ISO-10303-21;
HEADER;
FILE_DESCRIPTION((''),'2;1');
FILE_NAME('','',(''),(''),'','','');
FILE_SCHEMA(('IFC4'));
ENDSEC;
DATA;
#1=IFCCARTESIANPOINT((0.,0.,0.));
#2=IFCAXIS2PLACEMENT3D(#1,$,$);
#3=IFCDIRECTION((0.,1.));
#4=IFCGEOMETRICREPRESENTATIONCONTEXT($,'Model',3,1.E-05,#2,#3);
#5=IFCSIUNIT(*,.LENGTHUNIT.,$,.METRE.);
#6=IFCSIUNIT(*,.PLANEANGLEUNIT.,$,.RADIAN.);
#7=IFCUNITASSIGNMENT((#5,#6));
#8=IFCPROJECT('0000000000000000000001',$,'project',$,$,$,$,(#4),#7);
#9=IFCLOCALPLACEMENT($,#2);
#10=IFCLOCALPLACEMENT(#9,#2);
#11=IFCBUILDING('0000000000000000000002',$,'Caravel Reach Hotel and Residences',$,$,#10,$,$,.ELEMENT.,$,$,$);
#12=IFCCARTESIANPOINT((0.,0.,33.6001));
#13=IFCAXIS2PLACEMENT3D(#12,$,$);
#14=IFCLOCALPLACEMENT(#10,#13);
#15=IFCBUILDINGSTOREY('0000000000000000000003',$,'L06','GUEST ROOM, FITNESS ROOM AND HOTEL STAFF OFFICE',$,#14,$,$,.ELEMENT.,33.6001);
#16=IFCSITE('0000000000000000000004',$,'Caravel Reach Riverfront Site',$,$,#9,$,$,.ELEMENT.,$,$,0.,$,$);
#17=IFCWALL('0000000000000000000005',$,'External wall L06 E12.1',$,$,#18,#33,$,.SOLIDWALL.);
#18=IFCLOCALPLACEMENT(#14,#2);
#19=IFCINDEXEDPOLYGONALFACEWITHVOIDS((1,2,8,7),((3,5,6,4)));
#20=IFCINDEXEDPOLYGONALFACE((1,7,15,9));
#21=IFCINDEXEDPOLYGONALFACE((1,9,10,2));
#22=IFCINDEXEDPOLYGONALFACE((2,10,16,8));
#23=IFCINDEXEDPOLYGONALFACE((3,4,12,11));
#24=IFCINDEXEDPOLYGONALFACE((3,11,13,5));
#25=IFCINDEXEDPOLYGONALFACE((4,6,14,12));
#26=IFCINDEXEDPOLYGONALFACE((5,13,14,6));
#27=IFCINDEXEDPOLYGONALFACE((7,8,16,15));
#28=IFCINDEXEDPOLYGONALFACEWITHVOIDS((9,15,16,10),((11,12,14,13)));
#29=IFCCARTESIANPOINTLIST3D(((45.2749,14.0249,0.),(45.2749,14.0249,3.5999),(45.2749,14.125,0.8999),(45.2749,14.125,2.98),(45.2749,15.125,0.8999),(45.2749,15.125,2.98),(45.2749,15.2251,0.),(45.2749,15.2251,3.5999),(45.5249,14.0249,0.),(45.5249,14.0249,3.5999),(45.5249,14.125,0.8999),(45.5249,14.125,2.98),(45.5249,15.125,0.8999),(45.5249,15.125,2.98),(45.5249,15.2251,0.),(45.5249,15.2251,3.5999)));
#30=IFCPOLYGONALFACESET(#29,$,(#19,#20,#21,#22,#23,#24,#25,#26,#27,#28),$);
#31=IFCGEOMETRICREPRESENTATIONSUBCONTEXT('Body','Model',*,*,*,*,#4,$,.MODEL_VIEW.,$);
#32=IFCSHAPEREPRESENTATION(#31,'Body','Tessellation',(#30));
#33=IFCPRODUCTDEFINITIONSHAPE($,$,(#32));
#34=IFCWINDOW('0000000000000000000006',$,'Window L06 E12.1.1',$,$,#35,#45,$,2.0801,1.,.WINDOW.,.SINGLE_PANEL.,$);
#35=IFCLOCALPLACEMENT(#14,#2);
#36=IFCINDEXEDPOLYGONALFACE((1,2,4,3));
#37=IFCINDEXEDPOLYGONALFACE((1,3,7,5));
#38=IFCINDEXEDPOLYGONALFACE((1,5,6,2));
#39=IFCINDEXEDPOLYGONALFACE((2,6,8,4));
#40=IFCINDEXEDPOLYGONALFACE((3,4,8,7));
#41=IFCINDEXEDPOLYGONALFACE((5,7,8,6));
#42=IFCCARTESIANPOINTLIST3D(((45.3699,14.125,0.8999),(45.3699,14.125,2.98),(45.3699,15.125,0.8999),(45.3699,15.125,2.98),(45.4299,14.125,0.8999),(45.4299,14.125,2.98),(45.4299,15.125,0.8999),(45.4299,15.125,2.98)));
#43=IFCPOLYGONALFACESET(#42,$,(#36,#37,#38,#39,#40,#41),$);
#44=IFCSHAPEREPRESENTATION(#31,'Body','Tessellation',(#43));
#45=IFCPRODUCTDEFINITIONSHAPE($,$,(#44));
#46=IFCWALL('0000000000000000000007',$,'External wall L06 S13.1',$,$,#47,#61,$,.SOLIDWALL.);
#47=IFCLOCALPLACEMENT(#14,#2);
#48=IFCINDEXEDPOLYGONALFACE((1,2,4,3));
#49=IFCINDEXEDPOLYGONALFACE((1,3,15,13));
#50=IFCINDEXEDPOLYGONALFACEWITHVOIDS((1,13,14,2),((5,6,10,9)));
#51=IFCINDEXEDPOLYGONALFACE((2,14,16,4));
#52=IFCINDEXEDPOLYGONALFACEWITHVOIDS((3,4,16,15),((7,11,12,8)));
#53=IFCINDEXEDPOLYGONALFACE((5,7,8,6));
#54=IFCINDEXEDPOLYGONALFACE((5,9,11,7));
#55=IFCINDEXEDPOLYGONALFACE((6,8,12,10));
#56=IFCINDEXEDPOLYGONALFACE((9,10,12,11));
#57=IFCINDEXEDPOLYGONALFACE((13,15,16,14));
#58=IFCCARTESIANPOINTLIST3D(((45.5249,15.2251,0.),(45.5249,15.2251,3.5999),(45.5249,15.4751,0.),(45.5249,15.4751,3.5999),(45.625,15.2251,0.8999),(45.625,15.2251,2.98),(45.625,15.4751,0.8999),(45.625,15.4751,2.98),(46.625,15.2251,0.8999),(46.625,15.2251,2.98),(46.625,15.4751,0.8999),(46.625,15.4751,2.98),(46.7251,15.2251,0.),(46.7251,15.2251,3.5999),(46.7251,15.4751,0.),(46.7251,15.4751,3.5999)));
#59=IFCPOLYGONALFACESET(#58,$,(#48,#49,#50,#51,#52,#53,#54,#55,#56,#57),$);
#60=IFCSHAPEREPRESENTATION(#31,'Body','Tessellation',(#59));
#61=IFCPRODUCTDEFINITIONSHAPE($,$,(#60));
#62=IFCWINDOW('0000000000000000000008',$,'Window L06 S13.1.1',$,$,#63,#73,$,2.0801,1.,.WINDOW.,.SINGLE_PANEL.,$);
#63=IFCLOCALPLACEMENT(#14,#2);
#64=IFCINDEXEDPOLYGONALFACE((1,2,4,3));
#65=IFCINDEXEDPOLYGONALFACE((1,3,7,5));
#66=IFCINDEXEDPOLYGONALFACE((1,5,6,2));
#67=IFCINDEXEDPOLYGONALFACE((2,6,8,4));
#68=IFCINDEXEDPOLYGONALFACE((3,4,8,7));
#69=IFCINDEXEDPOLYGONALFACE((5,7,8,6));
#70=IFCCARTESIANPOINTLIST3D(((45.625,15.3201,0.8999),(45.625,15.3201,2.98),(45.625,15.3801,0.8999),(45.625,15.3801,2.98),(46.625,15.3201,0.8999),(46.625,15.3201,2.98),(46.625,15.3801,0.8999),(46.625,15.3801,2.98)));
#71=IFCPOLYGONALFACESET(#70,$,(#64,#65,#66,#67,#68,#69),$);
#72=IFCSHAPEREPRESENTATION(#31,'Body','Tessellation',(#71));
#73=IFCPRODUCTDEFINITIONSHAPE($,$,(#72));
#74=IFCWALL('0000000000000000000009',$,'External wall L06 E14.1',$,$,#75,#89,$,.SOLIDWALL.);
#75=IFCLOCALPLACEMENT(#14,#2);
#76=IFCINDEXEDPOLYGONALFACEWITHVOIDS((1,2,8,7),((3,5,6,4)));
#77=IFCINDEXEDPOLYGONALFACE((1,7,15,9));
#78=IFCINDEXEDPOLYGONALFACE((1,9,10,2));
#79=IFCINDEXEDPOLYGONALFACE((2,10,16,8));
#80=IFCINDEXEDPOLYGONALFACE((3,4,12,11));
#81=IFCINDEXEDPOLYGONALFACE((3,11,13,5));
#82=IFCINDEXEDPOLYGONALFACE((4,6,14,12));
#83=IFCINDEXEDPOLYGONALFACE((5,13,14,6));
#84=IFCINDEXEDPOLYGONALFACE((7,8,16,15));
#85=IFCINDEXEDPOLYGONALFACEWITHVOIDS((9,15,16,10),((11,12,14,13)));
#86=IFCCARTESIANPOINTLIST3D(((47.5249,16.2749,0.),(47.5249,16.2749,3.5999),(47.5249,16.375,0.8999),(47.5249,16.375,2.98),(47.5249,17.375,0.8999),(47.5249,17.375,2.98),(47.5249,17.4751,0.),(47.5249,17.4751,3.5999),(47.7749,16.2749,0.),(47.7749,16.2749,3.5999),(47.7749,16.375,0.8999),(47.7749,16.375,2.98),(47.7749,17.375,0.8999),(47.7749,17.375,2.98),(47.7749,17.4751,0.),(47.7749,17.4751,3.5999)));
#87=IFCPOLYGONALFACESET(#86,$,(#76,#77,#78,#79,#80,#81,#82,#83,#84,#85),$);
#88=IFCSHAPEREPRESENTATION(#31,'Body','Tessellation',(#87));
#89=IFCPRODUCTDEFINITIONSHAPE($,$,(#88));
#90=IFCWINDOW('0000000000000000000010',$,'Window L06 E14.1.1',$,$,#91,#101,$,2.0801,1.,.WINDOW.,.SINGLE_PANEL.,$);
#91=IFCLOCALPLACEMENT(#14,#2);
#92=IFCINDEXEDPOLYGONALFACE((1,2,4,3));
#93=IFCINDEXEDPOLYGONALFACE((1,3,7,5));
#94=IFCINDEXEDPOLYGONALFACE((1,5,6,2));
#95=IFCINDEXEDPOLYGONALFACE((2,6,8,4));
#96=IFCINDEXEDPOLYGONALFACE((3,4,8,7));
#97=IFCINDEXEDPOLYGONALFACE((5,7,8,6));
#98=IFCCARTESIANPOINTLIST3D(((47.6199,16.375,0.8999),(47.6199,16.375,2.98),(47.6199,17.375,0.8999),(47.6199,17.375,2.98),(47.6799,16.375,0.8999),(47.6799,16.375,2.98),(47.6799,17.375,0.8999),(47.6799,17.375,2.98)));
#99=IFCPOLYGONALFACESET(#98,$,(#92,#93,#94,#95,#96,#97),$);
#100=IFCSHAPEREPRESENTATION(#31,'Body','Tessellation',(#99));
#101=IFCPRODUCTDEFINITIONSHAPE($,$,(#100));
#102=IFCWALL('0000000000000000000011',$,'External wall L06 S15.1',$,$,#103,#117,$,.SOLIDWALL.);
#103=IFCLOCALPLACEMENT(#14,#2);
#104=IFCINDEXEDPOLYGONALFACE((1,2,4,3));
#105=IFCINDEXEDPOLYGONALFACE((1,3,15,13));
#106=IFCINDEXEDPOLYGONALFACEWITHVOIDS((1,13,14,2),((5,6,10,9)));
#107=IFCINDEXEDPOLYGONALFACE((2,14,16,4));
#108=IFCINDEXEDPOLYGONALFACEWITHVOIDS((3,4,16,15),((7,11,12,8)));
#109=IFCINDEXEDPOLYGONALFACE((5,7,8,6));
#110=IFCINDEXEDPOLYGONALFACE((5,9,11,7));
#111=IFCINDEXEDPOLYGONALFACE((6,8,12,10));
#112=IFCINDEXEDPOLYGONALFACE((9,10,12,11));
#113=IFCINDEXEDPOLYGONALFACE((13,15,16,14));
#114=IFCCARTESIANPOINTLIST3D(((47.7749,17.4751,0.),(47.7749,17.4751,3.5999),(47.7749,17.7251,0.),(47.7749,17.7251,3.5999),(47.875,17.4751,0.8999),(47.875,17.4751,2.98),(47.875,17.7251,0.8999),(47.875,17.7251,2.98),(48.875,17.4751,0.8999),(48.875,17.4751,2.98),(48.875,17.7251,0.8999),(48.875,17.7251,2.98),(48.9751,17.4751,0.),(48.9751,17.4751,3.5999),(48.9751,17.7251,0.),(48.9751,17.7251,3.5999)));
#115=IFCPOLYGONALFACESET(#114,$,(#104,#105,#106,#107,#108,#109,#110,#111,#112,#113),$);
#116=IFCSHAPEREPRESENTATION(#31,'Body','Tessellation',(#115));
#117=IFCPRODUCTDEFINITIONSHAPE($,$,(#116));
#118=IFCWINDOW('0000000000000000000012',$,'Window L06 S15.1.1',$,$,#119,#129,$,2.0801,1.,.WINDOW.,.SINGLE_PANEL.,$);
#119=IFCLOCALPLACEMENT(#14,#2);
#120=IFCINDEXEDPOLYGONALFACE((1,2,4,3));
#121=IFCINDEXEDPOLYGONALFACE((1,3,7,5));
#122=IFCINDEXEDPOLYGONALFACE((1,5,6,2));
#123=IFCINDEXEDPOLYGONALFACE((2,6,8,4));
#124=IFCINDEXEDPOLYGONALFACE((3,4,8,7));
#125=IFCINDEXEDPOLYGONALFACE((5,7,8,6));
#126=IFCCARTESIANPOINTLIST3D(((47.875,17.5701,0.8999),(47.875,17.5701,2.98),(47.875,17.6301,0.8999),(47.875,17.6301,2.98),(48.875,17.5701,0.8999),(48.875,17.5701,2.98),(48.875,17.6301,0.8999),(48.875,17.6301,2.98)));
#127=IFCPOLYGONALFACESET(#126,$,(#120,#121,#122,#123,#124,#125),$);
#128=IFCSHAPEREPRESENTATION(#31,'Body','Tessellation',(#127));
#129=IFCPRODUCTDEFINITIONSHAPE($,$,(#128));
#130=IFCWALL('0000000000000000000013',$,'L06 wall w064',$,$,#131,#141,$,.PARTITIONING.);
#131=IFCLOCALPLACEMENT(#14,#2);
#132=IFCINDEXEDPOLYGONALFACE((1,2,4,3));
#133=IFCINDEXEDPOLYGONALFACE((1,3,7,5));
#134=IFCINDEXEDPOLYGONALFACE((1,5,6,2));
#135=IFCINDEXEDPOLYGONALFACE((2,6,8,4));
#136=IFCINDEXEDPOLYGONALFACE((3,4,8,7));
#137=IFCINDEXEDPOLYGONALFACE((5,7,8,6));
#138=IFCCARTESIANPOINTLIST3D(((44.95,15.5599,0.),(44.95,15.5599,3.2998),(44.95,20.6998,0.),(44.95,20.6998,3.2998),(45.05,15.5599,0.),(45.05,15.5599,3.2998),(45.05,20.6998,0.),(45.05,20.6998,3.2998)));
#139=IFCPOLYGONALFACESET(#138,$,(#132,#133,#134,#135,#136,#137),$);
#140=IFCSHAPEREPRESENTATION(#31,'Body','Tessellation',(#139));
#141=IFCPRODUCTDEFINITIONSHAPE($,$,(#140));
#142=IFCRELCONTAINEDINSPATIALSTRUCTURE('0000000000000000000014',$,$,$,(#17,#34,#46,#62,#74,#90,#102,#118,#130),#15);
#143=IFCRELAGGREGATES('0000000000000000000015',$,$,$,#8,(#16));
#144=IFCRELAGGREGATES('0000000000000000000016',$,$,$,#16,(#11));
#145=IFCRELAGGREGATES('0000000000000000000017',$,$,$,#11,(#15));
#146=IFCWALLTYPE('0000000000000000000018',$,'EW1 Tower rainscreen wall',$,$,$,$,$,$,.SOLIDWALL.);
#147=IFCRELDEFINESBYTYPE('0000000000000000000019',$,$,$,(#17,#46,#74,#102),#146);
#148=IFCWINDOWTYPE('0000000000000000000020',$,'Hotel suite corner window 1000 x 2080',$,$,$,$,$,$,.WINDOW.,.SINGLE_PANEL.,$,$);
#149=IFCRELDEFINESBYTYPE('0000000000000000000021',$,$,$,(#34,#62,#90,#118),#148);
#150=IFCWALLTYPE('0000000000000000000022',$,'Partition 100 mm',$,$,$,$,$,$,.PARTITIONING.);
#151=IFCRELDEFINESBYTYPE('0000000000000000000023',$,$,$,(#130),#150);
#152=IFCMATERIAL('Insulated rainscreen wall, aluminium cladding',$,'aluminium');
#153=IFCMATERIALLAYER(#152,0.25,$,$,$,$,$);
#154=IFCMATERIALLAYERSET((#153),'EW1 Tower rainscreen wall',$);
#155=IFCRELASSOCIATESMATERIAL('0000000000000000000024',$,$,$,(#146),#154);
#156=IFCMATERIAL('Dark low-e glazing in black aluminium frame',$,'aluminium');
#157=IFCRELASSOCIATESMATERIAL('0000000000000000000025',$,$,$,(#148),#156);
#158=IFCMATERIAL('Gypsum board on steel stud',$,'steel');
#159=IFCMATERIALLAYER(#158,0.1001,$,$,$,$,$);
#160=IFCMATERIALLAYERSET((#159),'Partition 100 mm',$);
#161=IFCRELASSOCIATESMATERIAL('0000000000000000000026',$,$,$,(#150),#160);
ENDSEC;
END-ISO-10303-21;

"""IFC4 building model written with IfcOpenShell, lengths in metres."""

from ifc_helpers import new_model, si_unit, direction, frame, frame_2d, origin, place, context, subcontext, project, spatial, rectangle, extrude, material, layer, layer_set, type_object, element, fill, save


model = new_model("IFC4")

# Units and contexts
model_context = context("Model", 3, precision=1e-05, world=origin(), true_north=direction((0.0, 1.0)))
body_context = subcontext(model_context, "Body", "Model", "MODEL_VIEW")
ifc_project = project(units=[si_unit("LENGTHUNIT", "METRE"), si_unit("PLANEANGLEUNIT", "RADIAN")], contexts=[model_context])

# Site, building, storey
site_placement = place(None, origin())
site = spatial("IfcSite", under=ifc_project, at=site_placement, Name="Caravel Reach Riverfront Site", CompositionType="ELEMENT", RefElevation=0.0)
building_placement = place(site_placement, origin())
building = spatial("IfcBuilding", under=site, at=building_placement, Name="Caravel Reach Hotel and Residences", CompositionType="ELEMENT")
storey_placement = place(building_placement, frame((0.0, 0.0, 33.6001)))
storey = spatial("IfcBuildingStorey", under=building, at=storey_placement, Name="L06", Description="GUEST ROOM, FITNESS ROOM AND HOTEL STAFF OFFICE", CompositionType="ELEMENT", Elevation=33.6001)

# Walls, openings, windows
ifc_material_1 = material(Name="Insulated rainscreen wall, aluminium cladding", Category="aluminium")
ifc_layer_1 = layer(ifc_material_1, 0.25)
ifc_layer_set_1 = layer_set([ifc_layer_1], Name="EW1 Tower rainscreen wall")
wall_type_1 = type_object("IfcWallType", Name="EW1 Tower rainscreen wall", PredefinedType="SOLIDWALL", material=ifc_layer_set_1)
wall_1_placement = place(storey_placement, frame((45.3999, 14.0249, 0.0), z_axis=(0.0, 0.0, 1.0), x_axis=(0.0, 1.0, 0.0)))
wall_1 = element("IfcWall", 1, at=wall_1_placement, inside=storey, type_object=wall_type_1, Name="External wall L06 E12.1", PredefinedType="SOLIDWALL", context=body_context, shape_type="SweptSolid", body=[
    extrude(rectangle(XDim=1.2002, YDim=0.25, at=frame_2d((0.6001, 0.0))), origin(), (0.0, 0.0, 1.0), 3.5999),
])
opening_1_placement = place(wall_1_placement, frame((0.1001, 0.0, 0.8999)))
opening_1 = element("IfcOpeningElement", 2, at=opening_1_placement, cuts=wall_1, PredefinedType="OPENING", context=body_context, shape_type="SweptSolid", body=[
    extrude(rectangle(XDim=1.0, YDim=2.0801, at=frame_2d((0.5, 1.04))), frame((0.0, 0.135, 0.0), z_axis=(0.0, -1.0, 0.0), x_axis=(1.0, 0.0, 0.0)), (0.0, 0.0, 1.0), 0.27),
])
ifc_material_2 = material(Name="Dark low-e glazing in black aluminium frame", Category="aluminium")
window_type = type_object("IfcWindowType", Name="Hotel suite corner window 1000 x 2080", PartitioningType="SINGLE_PANEL", PredefinedType="WINDOW", material=ifc_material_2)
window_1_placement = place(opening_1_placement, origin())
window_1 = element("IfcWindow", 3, at=window_1_placement, inside=storey, type_object=window_type, Name="Window L06 E12.1.1", OverallHeight=2.0801, OverallWidth=1.0, PartitioningType="SINGLE_PANEL", PredefinedType="WINDOW", context=body_context, shape_type="SweptSolid", body=[
    extrude(rectangle(XDim=1.0, YDim=2.0801, at=frame_2d((0.5, 1.04))), frame((0.0, 0.03, 0.0), z_axis=(0.0, -1.0, 0.0), x_axis=(1.0, 0.0, 0.0)), (0.0, 0.0, 1.0), 0.0601),
])
fill(opening_1, window_1)
wall_2_placement = place(storey_placement, frame((45.5249, 15.3501, 0.0), z_axis=(0.0, 0.0, 1.0), x_axis=(1.0, 0.0, 0.0)))
wall_2 = element("IfcWall", 4, at=wall_2_placement, inside=storey, type_object=wall_type_1, Name="External wall L06 S13.1", PredefinedType="SOLIDWALL", context=body_context, shape_type="SweptSolid", body=[
    extrude(rectangle(XDim=1.2002, YDim=0.25, at=frame_2d((0.6001, 0.0))), origin(), (0.0, 0.0, 1.0), 3.5999),
])
opening_2_placement = place(wall_2_placement, frame((0.1001, 0.0, 0.8999)))
opening_2 = element("IfcOpeningElement", 5, at=opening_2_placement, cuts=wall_2, PredefinedType="OPENING", context=body_context, shape_type="SweptSolid", body=[
    extrude(rectangle(XDim=1.0, YDim=2.0801, at=frame_2d((0.5, 1.04))), frame((0.0, 0.135, 0.0), z_axis=(0.0, -1.0, 0.0), x_axis=(1.0, 0.0, 0.0)), (0.0, 0.0, 1.0), 0.27),
])
window_2_placement = place(opening_2_placement, origin())
window_2 = element("IfcWindow", 6, at=window_2_placement, inside=storey, type_object=window_type, Name="Window L06 S13.1.1", OverallHeight=2.0801, OverallWidth=1.0, PartitioningType="SINGLE_PANEL", PredefinedType="WINDOW", context=body_context, shape_type="SweptSolid", body=[
    extrude(rectangle(XDim=1.0, YDim=2.0801, at=frame_2d((0.5, 1.04))), frame((0.0, 0.03, 0.0), z_axis=(0.0, -1.0, 0.0), x_axis=(1.0, 0.0, 0.0)), (0.0, 0.0, 1.0), 0.0601),
])
fill(opening_2, window_2)
wall_3_placement = place(storey_placement, frame((47.6499, 16.2749, 0.0), z_axis=(0.0, 0.0, 1.0), x_axis=(0.0, 1.0, 0.0)))
wall_3 = element("IfcWall", 7, at=wall_3_placement, inside=storey, type_object=wall_type_1, Name="External wall L06 E14.1", PredefinedType="SOLIDWALL", context=body_context, shape_type="SweptSolid", body=[
    extrude(rectangle(XDim=1.2002, YDim=0.25, at=frame_2d((0.6001, 0.0))), origin(), (0.0, 0.0, 1.0), 3.5999),
])
opening_3_placement = place(wall_3_placement, frame((0.1001, 0.0, 0.8999)))
opening_3 = element("IfcOpeningElement", 8, at=opening_3_placement, cuts=wall_3, PredefinedType="OPENING", context=body_context, shape_type="SweptSolid", body=[
    extrude(rectangle(XDim=1.0, YDim=2.0801, at=frame_2d((0.5, 1.04))), frame((0.0, 0.135, 0.0), z_axis=(0.0, -1.0, 0.0), x_axis=(1.0, 0.0, 0.0)), (0.0, 0.0, 1.0), 0.27),
])
window_3_placement = place(opening_3_placement, origin())
window_3 = element("IfcWindow", 9, at=window_3_placement, inside=storey, type_object=window_type, Name="Window L06 E14.1.1", OverallHeight=2.0801, OverallWidth=1.0, PartitioningType="SINGLE_PANEL", PredefinedType="WINDOW", context=body_context, shape_type="SweptSolid", body=[
    extrude(rectangle(XDim=1.0, YDim=2.0801, at=frame_2d((0.5, 1.04))), frame((0.0, 0.03, 0.0), z_axis=(0.0, -1.0, 0.0), x_axis=(1.0, 0.0, 0.0)), (0.0, 0.0, 1.0), 0.0601),
])
fill(opening_3, window_3)
wall_4_placement = place(storey_placement, frame((47.7749, 17.6001, 0.0), z_axis=(0.0, 0.0, 1.0), x_axis=(1.0, 0.0, 0.0)))
wall_4 = element("IfcWall", 10, at=wall_4_placement, inside=storey, type_object=wall_type_1, Name="External wall L06 S15.1", PredefinedType="SOLIDWALL", context=body_context, shape_type="SweptSolid", body=[
    extrude(rectangle(XDim=1.2002, YDim=0.25, at=frame_2d((0.6001, 0.0))), origin(), (0.0, 0.0, 1.0), 3.5999),
])
opening_4_placement = place(wall_4_placement, frame((0.1001, 0.0, 0.8999)))
opening_4 = element("IfcOpeningElement", 11, at=opening_4_placement, cuts=wall_4, PredefinedType="OPENING", context=body_context, shape_type="SweptSolid", body=[
    extrude(rectangle(XDim=1.0, YDim=2.0801, at=frame_2d((0.5, 1.04))), frame((0.0, 0.135, 0.0), z_axis=(0.0, -1.0, 0.0), x_axis=(1.0, 0.0, 0.0)), (0.0, 0.0, 1.0), 0.27),
])
window_4_placement = place(opening_4_placement, origin())
window_4 = element("IfcWindow", 12, at=window_4_placement, inside=storey, type_object=window_type, Name="Window L06 S15.1.1", OverallHeight=2.0801, OverallWidth=1.0, PartitioningType="SINGLE_PANEL", PredefinedType="WINDOW", context=body_context, shape_type="SweptSolid", body=[
    extrude(rectangle(XDim=1.0, YDim=2.0801, at=frame_2d((0.5, 1.04))), frame((0.0, 0.03, 0.0), z_axis=(0.0, -1.0, 0.0), x_axis=(1.0, 0.0, 0.0)), (0.0, 0.0, 1.0), 0.0601),
])
fill(opening_4, window_4)

# Wall
ifc_material_3 = material(Name="Gypsum board on steel stud", Category="steel")
ifc_layer_2 = layer(ifc_material_3, 0.1001)
ifc_layer_set_2 = layer_set([ifc_layer_2], Name="Partition 100 mm")
wall_type_2 = type_object("IfcWallType", Name="Partition 100 mm", PredefinedType="PARTITIONING", material=ifc_layer_set_2)
wall_5_placement = place(storey_placement, frame((45.0, 15.5601, 0.0), z_axis=(0.0, 0.0, 1.0), x_axis=(0.0, 1.0, 0.0)))
element("IfcWall", 13, at=wall_5_placement, inside=storey, type_object=wall_type_2, Name="L06 wall w064", PredefinedType="PARTITIONING", context=body_context, shape_type="SweptSolid", body=[
    extrude(rectangle(XDim=5.1399, YDim=0.1001, at=frame_2d((2.5698, 0.0))), origin(), (0.0, 0.0, 1.0), 3.2998),
])

save(model, "model.ifc")
